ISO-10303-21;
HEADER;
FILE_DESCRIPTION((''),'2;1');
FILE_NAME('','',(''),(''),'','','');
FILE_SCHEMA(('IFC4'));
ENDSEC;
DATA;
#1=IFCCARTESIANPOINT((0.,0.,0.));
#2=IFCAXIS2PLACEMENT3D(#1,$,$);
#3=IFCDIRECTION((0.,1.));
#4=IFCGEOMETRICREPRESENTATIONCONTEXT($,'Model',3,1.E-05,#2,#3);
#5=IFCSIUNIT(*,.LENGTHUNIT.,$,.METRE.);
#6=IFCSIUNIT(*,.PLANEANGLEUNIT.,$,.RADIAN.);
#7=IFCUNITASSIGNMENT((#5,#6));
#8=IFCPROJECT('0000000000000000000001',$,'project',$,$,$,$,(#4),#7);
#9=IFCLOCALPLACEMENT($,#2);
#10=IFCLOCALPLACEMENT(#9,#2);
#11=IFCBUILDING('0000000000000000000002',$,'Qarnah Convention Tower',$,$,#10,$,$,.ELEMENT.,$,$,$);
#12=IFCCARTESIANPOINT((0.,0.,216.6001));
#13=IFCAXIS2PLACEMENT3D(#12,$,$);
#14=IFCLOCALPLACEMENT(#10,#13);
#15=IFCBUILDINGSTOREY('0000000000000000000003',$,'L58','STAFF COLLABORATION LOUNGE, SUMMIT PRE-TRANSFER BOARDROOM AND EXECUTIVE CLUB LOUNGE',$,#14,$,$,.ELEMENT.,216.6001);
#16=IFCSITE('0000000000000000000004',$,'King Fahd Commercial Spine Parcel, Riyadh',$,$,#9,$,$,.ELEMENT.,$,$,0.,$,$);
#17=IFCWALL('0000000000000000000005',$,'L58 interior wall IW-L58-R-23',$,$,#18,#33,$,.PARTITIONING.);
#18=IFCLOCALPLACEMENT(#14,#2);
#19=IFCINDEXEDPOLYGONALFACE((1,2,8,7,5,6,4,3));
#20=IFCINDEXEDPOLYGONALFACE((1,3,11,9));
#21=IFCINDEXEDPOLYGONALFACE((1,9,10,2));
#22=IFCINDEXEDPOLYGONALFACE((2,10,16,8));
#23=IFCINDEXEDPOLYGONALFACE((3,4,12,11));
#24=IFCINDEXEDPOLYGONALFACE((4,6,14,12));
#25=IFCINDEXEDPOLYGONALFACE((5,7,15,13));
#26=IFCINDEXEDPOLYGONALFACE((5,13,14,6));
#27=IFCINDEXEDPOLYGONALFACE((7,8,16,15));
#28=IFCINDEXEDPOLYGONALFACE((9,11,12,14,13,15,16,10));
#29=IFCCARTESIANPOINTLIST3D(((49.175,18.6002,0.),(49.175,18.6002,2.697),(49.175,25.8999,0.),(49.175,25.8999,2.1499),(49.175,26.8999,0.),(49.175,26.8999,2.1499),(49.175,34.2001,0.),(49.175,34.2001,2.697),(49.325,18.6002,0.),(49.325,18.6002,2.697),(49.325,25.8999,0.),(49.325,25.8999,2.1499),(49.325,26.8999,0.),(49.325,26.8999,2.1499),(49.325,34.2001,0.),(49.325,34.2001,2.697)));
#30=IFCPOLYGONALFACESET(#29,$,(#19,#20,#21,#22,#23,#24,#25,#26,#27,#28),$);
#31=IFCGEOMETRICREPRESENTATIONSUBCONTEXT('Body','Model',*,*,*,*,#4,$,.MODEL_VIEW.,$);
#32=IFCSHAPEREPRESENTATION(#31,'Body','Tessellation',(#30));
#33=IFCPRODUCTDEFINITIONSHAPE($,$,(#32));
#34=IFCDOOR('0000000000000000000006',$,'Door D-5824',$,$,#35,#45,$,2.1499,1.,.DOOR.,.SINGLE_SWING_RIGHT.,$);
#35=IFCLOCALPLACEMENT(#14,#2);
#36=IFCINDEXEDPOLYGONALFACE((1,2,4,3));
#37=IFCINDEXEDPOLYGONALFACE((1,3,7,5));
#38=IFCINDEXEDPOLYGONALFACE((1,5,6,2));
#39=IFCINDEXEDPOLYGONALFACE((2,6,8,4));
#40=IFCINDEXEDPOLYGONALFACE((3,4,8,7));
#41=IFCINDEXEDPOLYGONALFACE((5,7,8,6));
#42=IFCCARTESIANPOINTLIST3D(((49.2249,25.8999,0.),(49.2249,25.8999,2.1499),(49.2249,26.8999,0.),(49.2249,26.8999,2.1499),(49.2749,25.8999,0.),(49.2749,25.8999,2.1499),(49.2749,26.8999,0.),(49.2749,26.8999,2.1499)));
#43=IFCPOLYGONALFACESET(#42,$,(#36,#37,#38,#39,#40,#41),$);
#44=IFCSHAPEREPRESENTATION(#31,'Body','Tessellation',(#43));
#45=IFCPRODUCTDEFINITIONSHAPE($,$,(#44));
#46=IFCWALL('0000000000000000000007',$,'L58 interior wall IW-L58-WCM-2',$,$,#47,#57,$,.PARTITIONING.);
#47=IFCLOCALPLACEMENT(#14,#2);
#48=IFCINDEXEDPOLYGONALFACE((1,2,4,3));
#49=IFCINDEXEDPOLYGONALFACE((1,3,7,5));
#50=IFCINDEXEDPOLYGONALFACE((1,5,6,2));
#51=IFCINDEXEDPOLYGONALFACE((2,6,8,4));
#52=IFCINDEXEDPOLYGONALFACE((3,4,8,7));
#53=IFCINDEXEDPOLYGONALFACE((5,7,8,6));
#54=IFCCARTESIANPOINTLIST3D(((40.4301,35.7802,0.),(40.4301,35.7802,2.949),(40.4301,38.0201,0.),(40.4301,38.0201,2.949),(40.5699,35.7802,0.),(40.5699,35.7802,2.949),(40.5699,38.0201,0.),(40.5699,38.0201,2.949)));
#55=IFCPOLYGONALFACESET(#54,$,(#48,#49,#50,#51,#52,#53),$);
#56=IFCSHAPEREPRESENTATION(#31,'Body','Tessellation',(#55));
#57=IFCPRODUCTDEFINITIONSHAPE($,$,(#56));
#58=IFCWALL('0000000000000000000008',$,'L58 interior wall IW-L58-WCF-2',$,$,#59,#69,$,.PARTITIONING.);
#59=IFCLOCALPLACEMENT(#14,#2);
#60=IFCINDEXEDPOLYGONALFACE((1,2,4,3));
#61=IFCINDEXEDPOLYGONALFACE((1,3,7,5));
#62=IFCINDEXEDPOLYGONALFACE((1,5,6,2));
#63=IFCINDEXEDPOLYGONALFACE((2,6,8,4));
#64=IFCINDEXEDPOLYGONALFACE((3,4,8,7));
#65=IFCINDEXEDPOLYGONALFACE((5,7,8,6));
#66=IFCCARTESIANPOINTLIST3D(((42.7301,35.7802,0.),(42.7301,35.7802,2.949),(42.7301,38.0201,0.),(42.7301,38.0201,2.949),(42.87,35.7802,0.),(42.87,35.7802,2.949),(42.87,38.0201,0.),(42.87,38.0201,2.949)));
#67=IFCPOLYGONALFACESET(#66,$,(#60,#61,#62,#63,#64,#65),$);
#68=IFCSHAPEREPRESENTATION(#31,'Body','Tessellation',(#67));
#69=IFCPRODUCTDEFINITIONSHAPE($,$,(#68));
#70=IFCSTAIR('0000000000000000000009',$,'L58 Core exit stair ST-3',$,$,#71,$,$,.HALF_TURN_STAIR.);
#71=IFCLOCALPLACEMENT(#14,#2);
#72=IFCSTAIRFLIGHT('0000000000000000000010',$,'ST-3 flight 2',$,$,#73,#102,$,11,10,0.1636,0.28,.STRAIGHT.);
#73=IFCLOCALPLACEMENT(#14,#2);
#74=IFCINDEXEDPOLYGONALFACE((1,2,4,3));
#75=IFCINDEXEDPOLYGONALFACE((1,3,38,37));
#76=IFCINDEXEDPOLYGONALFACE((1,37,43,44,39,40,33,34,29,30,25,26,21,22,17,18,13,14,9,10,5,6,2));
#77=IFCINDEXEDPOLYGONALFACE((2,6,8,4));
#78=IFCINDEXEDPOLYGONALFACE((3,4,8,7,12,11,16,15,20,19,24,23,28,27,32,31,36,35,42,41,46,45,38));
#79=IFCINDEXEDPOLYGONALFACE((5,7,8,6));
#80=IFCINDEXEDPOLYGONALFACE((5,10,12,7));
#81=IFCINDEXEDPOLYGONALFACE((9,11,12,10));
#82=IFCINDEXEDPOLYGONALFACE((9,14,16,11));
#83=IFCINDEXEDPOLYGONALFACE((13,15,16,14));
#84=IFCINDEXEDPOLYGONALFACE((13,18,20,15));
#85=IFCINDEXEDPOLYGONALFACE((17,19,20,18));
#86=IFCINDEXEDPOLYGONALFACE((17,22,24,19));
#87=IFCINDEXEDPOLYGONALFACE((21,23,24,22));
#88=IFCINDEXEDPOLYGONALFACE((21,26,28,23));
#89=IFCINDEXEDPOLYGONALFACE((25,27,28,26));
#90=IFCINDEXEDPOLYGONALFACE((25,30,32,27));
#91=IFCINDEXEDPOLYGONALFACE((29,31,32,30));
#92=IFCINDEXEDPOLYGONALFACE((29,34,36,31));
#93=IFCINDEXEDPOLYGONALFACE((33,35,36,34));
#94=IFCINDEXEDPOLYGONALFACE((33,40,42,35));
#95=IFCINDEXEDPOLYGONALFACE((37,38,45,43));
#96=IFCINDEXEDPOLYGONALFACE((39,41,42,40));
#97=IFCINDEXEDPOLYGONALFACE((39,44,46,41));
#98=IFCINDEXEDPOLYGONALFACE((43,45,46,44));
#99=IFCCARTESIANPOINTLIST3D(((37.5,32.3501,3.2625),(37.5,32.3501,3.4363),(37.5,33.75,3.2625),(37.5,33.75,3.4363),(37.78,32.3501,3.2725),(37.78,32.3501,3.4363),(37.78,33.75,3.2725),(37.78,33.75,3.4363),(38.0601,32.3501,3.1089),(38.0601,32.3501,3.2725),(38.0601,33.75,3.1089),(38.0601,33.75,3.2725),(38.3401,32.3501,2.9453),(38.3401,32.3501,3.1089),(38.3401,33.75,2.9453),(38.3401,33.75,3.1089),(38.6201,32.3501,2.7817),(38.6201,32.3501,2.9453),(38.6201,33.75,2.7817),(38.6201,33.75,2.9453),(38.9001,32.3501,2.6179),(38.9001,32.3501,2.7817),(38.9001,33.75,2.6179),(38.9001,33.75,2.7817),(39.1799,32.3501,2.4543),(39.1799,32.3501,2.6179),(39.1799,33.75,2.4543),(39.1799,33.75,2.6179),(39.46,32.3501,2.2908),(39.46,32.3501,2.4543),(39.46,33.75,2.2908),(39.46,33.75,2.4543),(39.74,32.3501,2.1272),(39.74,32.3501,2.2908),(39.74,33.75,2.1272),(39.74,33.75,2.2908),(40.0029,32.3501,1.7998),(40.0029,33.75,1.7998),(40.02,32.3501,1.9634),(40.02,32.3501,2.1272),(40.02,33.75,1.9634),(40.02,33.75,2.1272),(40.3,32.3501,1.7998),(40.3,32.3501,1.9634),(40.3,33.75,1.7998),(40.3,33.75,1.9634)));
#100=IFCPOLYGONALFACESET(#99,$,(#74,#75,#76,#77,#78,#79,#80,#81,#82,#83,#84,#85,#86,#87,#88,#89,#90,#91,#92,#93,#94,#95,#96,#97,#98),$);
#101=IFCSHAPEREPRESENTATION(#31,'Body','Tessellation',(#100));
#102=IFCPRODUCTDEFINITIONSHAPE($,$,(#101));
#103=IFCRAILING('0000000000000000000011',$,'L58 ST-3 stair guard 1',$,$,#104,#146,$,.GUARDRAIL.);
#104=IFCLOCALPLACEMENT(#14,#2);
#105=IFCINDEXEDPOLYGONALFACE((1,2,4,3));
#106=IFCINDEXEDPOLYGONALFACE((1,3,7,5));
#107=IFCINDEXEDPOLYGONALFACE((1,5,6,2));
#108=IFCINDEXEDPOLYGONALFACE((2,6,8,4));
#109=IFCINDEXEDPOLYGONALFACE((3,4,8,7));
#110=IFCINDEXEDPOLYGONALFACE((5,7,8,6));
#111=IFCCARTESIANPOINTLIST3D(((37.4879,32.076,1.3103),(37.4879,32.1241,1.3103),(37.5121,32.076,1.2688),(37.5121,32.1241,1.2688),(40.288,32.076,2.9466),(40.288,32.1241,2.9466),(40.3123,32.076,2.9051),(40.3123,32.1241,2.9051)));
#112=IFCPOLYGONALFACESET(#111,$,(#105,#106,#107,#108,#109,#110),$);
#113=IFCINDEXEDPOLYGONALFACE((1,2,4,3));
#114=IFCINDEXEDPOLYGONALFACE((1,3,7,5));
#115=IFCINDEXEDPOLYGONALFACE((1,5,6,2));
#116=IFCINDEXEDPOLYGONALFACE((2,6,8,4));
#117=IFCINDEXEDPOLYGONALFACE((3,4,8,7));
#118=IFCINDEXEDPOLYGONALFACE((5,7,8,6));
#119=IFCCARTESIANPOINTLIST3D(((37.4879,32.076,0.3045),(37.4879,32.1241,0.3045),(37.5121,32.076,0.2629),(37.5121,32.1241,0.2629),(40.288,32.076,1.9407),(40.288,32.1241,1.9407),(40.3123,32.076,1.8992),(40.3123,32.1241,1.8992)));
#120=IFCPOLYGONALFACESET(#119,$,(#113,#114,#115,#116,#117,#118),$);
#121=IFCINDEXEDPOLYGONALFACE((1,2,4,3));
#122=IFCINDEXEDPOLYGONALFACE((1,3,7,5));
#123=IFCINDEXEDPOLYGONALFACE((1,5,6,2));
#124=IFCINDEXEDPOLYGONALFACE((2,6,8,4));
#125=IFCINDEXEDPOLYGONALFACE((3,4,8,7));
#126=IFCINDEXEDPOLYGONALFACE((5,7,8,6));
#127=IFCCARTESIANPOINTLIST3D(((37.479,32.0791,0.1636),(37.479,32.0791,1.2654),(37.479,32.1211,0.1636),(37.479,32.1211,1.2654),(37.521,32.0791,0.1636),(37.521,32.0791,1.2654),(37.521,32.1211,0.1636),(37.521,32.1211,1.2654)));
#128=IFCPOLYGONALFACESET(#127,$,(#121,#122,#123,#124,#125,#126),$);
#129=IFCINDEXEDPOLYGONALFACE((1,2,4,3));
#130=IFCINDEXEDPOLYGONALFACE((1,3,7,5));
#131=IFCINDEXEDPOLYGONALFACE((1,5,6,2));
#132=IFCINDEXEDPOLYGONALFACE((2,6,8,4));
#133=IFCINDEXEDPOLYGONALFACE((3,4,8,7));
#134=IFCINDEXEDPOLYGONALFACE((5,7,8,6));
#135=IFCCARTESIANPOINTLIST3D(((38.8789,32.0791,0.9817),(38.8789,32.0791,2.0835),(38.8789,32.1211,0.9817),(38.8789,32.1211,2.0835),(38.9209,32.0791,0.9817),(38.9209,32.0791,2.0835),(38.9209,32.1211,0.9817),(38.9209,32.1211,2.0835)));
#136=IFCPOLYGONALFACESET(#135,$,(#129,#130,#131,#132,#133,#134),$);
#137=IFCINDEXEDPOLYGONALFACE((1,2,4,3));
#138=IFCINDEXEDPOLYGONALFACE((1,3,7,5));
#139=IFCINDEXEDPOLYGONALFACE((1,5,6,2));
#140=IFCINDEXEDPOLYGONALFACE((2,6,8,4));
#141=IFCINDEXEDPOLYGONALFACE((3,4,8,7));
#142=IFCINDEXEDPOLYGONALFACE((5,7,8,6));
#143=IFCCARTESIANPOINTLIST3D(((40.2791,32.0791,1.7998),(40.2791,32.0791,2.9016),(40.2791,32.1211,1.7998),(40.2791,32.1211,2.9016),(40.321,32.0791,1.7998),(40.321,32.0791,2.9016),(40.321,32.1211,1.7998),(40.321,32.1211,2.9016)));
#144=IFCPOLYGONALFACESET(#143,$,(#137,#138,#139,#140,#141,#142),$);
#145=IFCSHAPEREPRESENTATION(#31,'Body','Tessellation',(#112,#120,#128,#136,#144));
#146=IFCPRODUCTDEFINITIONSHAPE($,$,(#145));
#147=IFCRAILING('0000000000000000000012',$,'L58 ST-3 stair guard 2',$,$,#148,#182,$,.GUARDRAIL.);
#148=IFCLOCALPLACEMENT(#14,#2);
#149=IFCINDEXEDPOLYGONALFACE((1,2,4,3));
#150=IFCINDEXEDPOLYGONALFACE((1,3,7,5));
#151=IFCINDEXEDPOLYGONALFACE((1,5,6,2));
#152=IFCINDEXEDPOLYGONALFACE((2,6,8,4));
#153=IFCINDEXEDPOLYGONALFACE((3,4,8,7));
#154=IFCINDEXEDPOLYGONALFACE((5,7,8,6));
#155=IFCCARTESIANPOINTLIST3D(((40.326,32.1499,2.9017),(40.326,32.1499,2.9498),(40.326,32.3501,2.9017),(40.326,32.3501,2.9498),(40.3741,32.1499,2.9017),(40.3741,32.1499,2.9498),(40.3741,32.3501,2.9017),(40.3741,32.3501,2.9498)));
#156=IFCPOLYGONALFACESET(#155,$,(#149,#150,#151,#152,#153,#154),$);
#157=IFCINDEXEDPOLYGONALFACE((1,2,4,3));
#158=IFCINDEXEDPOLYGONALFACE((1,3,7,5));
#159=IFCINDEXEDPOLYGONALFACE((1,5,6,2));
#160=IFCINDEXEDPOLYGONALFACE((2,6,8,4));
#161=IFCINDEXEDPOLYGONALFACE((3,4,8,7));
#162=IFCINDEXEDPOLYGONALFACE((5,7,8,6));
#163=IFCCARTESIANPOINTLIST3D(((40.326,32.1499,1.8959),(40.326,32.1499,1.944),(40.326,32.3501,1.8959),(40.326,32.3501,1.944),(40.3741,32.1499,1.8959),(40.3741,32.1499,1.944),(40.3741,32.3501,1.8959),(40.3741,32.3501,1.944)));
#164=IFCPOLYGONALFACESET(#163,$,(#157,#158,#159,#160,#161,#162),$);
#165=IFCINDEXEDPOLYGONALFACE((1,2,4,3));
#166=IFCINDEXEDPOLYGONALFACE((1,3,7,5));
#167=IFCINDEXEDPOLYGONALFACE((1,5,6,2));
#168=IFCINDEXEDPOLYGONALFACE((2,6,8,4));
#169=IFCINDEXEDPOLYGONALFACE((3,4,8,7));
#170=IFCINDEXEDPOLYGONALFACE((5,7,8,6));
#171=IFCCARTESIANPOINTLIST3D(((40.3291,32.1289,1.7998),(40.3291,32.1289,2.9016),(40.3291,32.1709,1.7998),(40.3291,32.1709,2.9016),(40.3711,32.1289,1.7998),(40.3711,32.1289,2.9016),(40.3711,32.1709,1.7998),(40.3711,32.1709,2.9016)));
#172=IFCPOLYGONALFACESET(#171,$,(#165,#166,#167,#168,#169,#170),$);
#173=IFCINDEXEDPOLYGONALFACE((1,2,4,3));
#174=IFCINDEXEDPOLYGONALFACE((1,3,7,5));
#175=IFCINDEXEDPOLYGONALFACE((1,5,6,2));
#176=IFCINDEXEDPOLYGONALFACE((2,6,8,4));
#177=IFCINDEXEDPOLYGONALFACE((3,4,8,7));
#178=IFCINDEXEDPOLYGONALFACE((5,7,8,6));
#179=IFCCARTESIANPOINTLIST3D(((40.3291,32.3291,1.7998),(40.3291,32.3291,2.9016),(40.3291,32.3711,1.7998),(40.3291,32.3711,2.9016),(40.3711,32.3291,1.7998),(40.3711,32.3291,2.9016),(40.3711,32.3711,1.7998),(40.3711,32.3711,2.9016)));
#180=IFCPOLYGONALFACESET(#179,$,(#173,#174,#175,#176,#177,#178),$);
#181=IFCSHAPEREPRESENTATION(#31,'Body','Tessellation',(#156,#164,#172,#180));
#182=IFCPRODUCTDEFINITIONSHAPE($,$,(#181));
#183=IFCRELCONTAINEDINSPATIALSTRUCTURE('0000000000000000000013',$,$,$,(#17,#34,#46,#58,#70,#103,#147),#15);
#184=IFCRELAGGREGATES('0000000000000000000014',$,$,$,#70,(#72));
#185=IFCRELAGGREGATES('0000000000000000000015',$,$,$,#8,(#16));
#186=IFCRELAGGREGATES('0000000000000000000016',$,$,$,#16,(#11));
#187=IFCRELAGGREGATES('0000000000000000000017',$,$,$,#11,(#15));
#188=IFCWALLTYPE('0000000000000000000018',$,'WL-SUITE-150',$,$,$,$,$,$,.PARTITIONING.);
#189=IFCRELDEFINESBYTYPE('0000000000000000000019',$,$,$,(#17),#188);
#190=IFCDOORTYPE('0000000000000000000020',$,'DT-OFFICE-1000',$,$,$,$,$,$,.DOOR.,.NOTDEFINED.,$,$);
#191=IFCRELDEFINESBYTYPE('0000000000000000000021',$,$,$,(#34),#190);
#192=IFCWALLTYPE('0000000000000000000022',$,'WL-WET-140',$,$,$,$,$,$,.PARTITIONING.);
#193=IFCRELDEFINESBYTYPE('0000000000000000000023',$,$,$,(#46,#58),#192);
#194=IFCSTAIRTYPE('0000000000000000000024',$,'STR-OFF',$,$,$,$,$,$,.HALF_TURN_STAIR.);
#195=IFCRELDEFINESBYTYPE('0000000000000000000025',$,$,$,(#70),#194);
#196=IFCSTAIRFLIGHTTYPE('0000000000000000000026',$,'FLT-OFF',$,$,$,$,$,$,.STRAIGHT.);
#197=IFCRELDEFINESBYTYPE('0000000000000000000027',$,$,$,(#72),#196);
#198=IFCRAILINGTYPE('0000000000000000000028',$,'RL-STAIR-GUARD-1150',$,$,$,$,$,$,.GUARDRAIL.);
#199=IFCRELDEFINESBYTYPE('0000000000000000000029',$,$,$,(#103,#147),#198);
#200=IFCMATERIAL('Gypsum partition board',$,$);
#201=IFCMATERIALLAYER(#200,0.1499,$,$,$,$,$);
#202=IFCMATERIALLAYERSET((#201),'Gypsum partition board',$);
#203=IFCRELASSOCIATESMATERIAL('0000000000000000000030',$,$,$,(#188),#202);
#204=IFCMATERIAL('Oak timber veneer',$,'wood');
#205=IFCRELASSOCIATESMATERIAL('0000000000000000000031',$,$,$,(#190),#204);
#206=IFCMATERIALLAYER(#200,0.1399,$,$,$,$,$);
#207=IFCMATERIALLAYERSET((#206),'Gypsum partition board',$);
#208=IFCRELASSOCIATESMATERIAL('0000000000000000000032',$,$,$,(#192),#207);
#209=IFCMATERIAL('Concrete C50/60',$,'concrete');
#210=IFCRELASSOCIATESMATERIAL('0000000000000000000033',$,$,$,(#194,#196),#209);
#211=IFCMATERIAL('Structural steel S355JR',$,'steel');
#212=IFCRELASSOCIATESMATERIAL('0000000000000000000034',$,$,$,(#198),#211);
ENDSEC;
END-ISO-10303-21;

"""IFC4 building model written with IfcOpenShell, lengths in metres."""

from ifc_helpers import new_model, si_unit, direction, frame, frame_2d, origin, origin_2d, place, context, subcontext, project, spatial, polyline, rectangle, outline, extrude, material, layer, layer_set, type_object, element, fill, aggregate, save


model = new_model("IFC4")

# Units and contexts
model_context = context("Model", 3, precision=1e-05, world=origin(), true_north=direction((0.0, 1.0)))
body_context = subcontext(model_context, "Body", "Model", "MODEL_VIEW")
ifc_project = project(units=[si_unit("LENGTHUNIT", "METRE"), si_unit("PLANEANGLEUNIT", "RADIAN")], contexts=[model_context])

# Site, building, storey
site_placement = place(None, origin())
site = spatial("IfcSite", under=ifc_project, at=site_placement, Name="King Fahd Commercial Spine Parcel, Riyadh", CompositionType="ELEMENT", RefElevation=0.0)
building_placement = place(site_placement, origin())
building = spatial("IfcBuilding", under=site, at=building_placement, Name="Qarnah Convention Tower", CompositionType="ELEMENT")
storey_placement = place(building_placement, frame((0.0, 0.0, 216.6001)))
storey = spatial("IfcBuildingStorey", under=building, at=storey_placement, Name="L58", Description="STAFF COLLABORATION LOUNGE, SUMMIT PRE-TRANSFER BOARDROOM AND EXECUTIVE CLUB LOUNGE", CompositionType="ELEMENT", Elevation=216.6001)

# Shared definitions
ifc_material_1 = material(Name="Concrete C50/60", Category="concrete")

# Shared definitions
ifc_material_2 = material(Name="Structural steel S355JR", Category="steel")

# Wall, opening, door
ifc_material_3 = material(Name="Gypsum partition board")
ifc_layer_1 = layer(ifc_material_3, 0.1499)
ifc_layer_set_1 = layer_set([ifc_layer_1], Name="Gypsum partition board")
wall_type_1 = type_object("IfcWallType", Name="WL-SUITE-150", PredefinedType="PARTITIONING", material=ifc_layer_set_1)
wall_1_placement = place(storey_placement, frame((49.25, 34.2, 0.0), z_axis=(0.0, 0.0, 1.0), x_axis=(0.0, -1.0, 0.0)))
wall_1 = element("IfcWall", 1, at=wall_1_placement, inside=storey, type_object=wall_type_1, Name="L58 interior wall IW-L58-R-23", PredefinedType="PARTITIONING", context=body_context, shape_type="SweptSolid", body=[
    extrude(rectangle(XDim=15.5999, YDim=0.1499, at=frame_2d((7.7998, 0.0))), origin(), (0.0, 0.0, 1.0), 2.697),
])
opening_1_placement = place(wall_1_placement, frame((7.3, 0.0, 0.0)))
opening_1 = element("IfcOpeningElement", 2, at=opening_1_placement, cuts=wall_1, PredefinedType="OPENING", context=body_context, shape_type="SweptSolid", body=[
    extrude(rectangle(XDim=1.0, YDim=2.1499, at=frame_2d((0.5, 1.075))), frame((0.0, 0.085, 0.0), z_axis=(0.0, -1.0, 0.0), x_axis=(1.0, 0.0, 0.0)), (0.0, 0.0, 1.0), 0.1699),
])
ifc_material_4 = material(Name="Oak timber veneer", Category="wood")
door_type_1 = type_object("IfcDoorType", Name="DT-OFFICE-1000", OperationType="NOTDEFINED", PredefinedType="DOOR", material=ifc_material_4)
door_1_placement = place(opening_1_placement, origin())
door_1 = element("IfcDoor", 3, at=door_1_placement, inside=storey, type_object=door_type_1, Name="Door D-5824", OperationType="SINGLE_SWING_RIGHT", OverallHeight=2.1499, OverallWidth=1.0, PredefinedType="DOOR", context=body_context, shape_type="SweptSolid", body=[
    extrude(rectangle(XDim=1.0, YDim=2.1499, at=frame_2d((0.5, 1.075))), frame((0.0, 0.0249, 0.0), z_axis=(0.0, -1.0, 0.0), x_axis=(1.0, 0.0, 0.0)), (0.0, 0.0, 1.0), 0.05),
])
fill(opening_1, door_1)

# Walls
ifc_layer_2 = layer(ifc_material_3, 0.1399)
ifc_layer_set_2 = layer_set([ifc_layer_2], Name="Gypsum partition board")
wall_type_2 = type_object("IfcWallType", Name="WL-WET-140", PredefinedType="PARTITIONING", material=ifc_layer_set_2)
for number, where, z_axis, x_axis, name in (
    (4, (40.5, 35.78, 0.0), (0.0, 0.0, 1.0), (0.0, 1.0, 0.0), "L58 interior wall IW-L58-WCM-2"),
    (5, (42.8, 35.78, 0.0), (0.0, 0.0, 1.0), (0.0, 1.0, 0.0), "L58 interior wall IW-L58-WCF-2"),
):
    element("IfcWall", number, at=place(storey_placement, frame(where, z_axis=z_axis, x_axis=x_axis)), inside=storey, type_object=wall_type_2, Name=name, PredefinedType="PARTITIONING", context=body_context, shape_type="SweptSolid", body=[
        extrude(rectangle(XDim=2.24, YDim=0.1399, at=frame_2d((1.1201, 0.0))), origin(), (0.0, 0.0, 1.0), 2.949),
    ])

# Stair, stair flight
stair_type = type_object("IfcStairType", Name="STR-OFF", PredefinedType="HALF_TURN_STAIR", material=ifc_material_1)
stair_placement = place(storey_placement, origin())
stair = element("IfcStair", 6, at=stair_placement, inside=storey, type_object=stair_type, Name="L58 Core exit stair ST-3", PredefinedType="HALF_TURN_STAIR")
stair_flight_type = type_object("IfcStairFlightType", Name="FLT-OFF", PredefinedType="STRAIGHT", material=ifc_material_1)
stair_flight_placement = place(storey_placement, frame((40.3, 33.05, 1.7998), z_axis=(0.0, 0.0, 1.0), x_axis=(-1.0, 0.0, 0.0)))
stair_flight = element("IfcStairFlight", 7, at=stair_flight_placement, type_object=stair_flight_type, Name="ST-3 flight 2", NumberOfRisers=11, NumberOfTreads=10, PredefinedType="STRAIGHT", RiserHeight=0.1636, TreadLength=0.28, context=body_context, shape_type="SweptSolid", body=[
    extrude(outline(polyline([(0.0, 0.0), (0.0, 0.1636), (0.28, 0.1636), (0.28, 0.3274), (0.5601, 0.3274), (0.5601, 0.491), (0.8401, 0.491), (0.8401, 0.6545), (1.1201, 0.6545), (1.1201, 0.8181), (1.3999, 0.8181), (1.3999, 0.9819), (1.6799, 0.9819), (1.6799, 1.1455), (1.96, 1.1455), (1.96, 1.3091), (2.24, 1.3091), (2.24, 1.4727), (2.52, 1.4727), (2.52, 1.6365), (2.8, 1.6365), (2.8, 1.8), (2.8, 1.4626), (0.2971, 0.0), (0.0, 0.0)])), frame((0.0, 0.7, 0.0), z_axis=(0.0, -1.0, 0.0), x_axis=(1.0, 0.0, 0.0)), (0.0, 0.0, 1.0), 1.3999),
])
aggregate(stair, [stair_flight])

# Railings
railing_type_1 = type_object("IfcRailingType", Name="RL-STAIR-GUARD-1150", PredefinedType="GUARDRAIL", material=ifc_material_2)
railing_1_placement = place(storey_placement, frame((37.5, 32.1001, 0.1636)))
element("IfcRailing", 8, at=railing_1_placement, inside=storey, type_object=railing_type_1, Name="L58 ST-3 stair guard 1", PredefinedType="GUARDRAIL", context=body_context, shape_type="SweptSolid", body=[
    extrude(rectangle(XDim=0.0481, YDim=0.0481, at=origin_2d()), frame((0.0, 0.0, 1.126), z_axis=(0.863394, 0.0, 0.504531), x_axis=(0.0, 1.0, 0.0)), (0.0, 0.0, 1.0), 3.2432),
    extrude(rectangle(XDim=0.0481, YDim=0.0481, at=origin_2d()), frame((0.0, 0.0, 0.1201), z_axis=(0.863394, 0.0, 0.504531), x_axis=(0.0, 1.0, 0.0)), (0.0, 0.0, 1.0), 3.2432),
    extrude(rectangle(XDim=0.042, YDim=0.042, at=origin_2d()), origin(), (0.0, 0.0, 1.0), 1.1018),
    extrude(rectangle(XDim=0.042, YDim=0.042, at=origin_2d()), frame((1.3999, 0.0, 0.8181)), (0.0, 0.0, 1.0), 1.1018),
    extrude(rectangle(XDim=0.042, YDim=0.042, at=origin_2d()), frame((2.8, 0.0, 1.6362)), (0.0, 0.0, 1.0), 1.1018),
])
railing_2_placement = place(storey_placement, frame((40.3501, 32.1499, 1.7998)))
element("IfcRailing", 9, at=railing_2_placement, inside=storey, type_object=railing_type_1, Name="L58 ST-3 stair guard 2", PredefinedType="GUARDRAIL", context=body_context, shape_type="SweptSolid", body=[
    extrude(rectangle(XDim=0.0481, YDim=0.0481, at=origin_2d()), frame((0.0, 0.0, 1.126), z_axis=(0.0, 1.0, 0.0), x_axis=(-1.0, 0.0, 0.0)), (0.0, 0.0, 1.0), 0.2002),
    extrude(rectangle(XDim=0.0481, YDim=0.0481, at=origin_2d()), frame((0.0, 0.0, 0.1201), z_axis=(0.0, 1.0, 0.0), x_axis=(-1.0, 0.0, 0.0)), (0.0, 0.0, 1.0), 0.2002),
    extrude(rectangle(XDim=0.042, YDim=0.042, at=origin_2d()), origin(), (0.0, 0.0, 1.0), 1.1018),
    extrude(rectangle(XDim=0.042, YDim=0.042, at=origin_2d()), frame((0.0, 0.2002, 0.0)), (0.0, 0.0, 1.0), 1.1018),
])

save(model, "model.ifc")
